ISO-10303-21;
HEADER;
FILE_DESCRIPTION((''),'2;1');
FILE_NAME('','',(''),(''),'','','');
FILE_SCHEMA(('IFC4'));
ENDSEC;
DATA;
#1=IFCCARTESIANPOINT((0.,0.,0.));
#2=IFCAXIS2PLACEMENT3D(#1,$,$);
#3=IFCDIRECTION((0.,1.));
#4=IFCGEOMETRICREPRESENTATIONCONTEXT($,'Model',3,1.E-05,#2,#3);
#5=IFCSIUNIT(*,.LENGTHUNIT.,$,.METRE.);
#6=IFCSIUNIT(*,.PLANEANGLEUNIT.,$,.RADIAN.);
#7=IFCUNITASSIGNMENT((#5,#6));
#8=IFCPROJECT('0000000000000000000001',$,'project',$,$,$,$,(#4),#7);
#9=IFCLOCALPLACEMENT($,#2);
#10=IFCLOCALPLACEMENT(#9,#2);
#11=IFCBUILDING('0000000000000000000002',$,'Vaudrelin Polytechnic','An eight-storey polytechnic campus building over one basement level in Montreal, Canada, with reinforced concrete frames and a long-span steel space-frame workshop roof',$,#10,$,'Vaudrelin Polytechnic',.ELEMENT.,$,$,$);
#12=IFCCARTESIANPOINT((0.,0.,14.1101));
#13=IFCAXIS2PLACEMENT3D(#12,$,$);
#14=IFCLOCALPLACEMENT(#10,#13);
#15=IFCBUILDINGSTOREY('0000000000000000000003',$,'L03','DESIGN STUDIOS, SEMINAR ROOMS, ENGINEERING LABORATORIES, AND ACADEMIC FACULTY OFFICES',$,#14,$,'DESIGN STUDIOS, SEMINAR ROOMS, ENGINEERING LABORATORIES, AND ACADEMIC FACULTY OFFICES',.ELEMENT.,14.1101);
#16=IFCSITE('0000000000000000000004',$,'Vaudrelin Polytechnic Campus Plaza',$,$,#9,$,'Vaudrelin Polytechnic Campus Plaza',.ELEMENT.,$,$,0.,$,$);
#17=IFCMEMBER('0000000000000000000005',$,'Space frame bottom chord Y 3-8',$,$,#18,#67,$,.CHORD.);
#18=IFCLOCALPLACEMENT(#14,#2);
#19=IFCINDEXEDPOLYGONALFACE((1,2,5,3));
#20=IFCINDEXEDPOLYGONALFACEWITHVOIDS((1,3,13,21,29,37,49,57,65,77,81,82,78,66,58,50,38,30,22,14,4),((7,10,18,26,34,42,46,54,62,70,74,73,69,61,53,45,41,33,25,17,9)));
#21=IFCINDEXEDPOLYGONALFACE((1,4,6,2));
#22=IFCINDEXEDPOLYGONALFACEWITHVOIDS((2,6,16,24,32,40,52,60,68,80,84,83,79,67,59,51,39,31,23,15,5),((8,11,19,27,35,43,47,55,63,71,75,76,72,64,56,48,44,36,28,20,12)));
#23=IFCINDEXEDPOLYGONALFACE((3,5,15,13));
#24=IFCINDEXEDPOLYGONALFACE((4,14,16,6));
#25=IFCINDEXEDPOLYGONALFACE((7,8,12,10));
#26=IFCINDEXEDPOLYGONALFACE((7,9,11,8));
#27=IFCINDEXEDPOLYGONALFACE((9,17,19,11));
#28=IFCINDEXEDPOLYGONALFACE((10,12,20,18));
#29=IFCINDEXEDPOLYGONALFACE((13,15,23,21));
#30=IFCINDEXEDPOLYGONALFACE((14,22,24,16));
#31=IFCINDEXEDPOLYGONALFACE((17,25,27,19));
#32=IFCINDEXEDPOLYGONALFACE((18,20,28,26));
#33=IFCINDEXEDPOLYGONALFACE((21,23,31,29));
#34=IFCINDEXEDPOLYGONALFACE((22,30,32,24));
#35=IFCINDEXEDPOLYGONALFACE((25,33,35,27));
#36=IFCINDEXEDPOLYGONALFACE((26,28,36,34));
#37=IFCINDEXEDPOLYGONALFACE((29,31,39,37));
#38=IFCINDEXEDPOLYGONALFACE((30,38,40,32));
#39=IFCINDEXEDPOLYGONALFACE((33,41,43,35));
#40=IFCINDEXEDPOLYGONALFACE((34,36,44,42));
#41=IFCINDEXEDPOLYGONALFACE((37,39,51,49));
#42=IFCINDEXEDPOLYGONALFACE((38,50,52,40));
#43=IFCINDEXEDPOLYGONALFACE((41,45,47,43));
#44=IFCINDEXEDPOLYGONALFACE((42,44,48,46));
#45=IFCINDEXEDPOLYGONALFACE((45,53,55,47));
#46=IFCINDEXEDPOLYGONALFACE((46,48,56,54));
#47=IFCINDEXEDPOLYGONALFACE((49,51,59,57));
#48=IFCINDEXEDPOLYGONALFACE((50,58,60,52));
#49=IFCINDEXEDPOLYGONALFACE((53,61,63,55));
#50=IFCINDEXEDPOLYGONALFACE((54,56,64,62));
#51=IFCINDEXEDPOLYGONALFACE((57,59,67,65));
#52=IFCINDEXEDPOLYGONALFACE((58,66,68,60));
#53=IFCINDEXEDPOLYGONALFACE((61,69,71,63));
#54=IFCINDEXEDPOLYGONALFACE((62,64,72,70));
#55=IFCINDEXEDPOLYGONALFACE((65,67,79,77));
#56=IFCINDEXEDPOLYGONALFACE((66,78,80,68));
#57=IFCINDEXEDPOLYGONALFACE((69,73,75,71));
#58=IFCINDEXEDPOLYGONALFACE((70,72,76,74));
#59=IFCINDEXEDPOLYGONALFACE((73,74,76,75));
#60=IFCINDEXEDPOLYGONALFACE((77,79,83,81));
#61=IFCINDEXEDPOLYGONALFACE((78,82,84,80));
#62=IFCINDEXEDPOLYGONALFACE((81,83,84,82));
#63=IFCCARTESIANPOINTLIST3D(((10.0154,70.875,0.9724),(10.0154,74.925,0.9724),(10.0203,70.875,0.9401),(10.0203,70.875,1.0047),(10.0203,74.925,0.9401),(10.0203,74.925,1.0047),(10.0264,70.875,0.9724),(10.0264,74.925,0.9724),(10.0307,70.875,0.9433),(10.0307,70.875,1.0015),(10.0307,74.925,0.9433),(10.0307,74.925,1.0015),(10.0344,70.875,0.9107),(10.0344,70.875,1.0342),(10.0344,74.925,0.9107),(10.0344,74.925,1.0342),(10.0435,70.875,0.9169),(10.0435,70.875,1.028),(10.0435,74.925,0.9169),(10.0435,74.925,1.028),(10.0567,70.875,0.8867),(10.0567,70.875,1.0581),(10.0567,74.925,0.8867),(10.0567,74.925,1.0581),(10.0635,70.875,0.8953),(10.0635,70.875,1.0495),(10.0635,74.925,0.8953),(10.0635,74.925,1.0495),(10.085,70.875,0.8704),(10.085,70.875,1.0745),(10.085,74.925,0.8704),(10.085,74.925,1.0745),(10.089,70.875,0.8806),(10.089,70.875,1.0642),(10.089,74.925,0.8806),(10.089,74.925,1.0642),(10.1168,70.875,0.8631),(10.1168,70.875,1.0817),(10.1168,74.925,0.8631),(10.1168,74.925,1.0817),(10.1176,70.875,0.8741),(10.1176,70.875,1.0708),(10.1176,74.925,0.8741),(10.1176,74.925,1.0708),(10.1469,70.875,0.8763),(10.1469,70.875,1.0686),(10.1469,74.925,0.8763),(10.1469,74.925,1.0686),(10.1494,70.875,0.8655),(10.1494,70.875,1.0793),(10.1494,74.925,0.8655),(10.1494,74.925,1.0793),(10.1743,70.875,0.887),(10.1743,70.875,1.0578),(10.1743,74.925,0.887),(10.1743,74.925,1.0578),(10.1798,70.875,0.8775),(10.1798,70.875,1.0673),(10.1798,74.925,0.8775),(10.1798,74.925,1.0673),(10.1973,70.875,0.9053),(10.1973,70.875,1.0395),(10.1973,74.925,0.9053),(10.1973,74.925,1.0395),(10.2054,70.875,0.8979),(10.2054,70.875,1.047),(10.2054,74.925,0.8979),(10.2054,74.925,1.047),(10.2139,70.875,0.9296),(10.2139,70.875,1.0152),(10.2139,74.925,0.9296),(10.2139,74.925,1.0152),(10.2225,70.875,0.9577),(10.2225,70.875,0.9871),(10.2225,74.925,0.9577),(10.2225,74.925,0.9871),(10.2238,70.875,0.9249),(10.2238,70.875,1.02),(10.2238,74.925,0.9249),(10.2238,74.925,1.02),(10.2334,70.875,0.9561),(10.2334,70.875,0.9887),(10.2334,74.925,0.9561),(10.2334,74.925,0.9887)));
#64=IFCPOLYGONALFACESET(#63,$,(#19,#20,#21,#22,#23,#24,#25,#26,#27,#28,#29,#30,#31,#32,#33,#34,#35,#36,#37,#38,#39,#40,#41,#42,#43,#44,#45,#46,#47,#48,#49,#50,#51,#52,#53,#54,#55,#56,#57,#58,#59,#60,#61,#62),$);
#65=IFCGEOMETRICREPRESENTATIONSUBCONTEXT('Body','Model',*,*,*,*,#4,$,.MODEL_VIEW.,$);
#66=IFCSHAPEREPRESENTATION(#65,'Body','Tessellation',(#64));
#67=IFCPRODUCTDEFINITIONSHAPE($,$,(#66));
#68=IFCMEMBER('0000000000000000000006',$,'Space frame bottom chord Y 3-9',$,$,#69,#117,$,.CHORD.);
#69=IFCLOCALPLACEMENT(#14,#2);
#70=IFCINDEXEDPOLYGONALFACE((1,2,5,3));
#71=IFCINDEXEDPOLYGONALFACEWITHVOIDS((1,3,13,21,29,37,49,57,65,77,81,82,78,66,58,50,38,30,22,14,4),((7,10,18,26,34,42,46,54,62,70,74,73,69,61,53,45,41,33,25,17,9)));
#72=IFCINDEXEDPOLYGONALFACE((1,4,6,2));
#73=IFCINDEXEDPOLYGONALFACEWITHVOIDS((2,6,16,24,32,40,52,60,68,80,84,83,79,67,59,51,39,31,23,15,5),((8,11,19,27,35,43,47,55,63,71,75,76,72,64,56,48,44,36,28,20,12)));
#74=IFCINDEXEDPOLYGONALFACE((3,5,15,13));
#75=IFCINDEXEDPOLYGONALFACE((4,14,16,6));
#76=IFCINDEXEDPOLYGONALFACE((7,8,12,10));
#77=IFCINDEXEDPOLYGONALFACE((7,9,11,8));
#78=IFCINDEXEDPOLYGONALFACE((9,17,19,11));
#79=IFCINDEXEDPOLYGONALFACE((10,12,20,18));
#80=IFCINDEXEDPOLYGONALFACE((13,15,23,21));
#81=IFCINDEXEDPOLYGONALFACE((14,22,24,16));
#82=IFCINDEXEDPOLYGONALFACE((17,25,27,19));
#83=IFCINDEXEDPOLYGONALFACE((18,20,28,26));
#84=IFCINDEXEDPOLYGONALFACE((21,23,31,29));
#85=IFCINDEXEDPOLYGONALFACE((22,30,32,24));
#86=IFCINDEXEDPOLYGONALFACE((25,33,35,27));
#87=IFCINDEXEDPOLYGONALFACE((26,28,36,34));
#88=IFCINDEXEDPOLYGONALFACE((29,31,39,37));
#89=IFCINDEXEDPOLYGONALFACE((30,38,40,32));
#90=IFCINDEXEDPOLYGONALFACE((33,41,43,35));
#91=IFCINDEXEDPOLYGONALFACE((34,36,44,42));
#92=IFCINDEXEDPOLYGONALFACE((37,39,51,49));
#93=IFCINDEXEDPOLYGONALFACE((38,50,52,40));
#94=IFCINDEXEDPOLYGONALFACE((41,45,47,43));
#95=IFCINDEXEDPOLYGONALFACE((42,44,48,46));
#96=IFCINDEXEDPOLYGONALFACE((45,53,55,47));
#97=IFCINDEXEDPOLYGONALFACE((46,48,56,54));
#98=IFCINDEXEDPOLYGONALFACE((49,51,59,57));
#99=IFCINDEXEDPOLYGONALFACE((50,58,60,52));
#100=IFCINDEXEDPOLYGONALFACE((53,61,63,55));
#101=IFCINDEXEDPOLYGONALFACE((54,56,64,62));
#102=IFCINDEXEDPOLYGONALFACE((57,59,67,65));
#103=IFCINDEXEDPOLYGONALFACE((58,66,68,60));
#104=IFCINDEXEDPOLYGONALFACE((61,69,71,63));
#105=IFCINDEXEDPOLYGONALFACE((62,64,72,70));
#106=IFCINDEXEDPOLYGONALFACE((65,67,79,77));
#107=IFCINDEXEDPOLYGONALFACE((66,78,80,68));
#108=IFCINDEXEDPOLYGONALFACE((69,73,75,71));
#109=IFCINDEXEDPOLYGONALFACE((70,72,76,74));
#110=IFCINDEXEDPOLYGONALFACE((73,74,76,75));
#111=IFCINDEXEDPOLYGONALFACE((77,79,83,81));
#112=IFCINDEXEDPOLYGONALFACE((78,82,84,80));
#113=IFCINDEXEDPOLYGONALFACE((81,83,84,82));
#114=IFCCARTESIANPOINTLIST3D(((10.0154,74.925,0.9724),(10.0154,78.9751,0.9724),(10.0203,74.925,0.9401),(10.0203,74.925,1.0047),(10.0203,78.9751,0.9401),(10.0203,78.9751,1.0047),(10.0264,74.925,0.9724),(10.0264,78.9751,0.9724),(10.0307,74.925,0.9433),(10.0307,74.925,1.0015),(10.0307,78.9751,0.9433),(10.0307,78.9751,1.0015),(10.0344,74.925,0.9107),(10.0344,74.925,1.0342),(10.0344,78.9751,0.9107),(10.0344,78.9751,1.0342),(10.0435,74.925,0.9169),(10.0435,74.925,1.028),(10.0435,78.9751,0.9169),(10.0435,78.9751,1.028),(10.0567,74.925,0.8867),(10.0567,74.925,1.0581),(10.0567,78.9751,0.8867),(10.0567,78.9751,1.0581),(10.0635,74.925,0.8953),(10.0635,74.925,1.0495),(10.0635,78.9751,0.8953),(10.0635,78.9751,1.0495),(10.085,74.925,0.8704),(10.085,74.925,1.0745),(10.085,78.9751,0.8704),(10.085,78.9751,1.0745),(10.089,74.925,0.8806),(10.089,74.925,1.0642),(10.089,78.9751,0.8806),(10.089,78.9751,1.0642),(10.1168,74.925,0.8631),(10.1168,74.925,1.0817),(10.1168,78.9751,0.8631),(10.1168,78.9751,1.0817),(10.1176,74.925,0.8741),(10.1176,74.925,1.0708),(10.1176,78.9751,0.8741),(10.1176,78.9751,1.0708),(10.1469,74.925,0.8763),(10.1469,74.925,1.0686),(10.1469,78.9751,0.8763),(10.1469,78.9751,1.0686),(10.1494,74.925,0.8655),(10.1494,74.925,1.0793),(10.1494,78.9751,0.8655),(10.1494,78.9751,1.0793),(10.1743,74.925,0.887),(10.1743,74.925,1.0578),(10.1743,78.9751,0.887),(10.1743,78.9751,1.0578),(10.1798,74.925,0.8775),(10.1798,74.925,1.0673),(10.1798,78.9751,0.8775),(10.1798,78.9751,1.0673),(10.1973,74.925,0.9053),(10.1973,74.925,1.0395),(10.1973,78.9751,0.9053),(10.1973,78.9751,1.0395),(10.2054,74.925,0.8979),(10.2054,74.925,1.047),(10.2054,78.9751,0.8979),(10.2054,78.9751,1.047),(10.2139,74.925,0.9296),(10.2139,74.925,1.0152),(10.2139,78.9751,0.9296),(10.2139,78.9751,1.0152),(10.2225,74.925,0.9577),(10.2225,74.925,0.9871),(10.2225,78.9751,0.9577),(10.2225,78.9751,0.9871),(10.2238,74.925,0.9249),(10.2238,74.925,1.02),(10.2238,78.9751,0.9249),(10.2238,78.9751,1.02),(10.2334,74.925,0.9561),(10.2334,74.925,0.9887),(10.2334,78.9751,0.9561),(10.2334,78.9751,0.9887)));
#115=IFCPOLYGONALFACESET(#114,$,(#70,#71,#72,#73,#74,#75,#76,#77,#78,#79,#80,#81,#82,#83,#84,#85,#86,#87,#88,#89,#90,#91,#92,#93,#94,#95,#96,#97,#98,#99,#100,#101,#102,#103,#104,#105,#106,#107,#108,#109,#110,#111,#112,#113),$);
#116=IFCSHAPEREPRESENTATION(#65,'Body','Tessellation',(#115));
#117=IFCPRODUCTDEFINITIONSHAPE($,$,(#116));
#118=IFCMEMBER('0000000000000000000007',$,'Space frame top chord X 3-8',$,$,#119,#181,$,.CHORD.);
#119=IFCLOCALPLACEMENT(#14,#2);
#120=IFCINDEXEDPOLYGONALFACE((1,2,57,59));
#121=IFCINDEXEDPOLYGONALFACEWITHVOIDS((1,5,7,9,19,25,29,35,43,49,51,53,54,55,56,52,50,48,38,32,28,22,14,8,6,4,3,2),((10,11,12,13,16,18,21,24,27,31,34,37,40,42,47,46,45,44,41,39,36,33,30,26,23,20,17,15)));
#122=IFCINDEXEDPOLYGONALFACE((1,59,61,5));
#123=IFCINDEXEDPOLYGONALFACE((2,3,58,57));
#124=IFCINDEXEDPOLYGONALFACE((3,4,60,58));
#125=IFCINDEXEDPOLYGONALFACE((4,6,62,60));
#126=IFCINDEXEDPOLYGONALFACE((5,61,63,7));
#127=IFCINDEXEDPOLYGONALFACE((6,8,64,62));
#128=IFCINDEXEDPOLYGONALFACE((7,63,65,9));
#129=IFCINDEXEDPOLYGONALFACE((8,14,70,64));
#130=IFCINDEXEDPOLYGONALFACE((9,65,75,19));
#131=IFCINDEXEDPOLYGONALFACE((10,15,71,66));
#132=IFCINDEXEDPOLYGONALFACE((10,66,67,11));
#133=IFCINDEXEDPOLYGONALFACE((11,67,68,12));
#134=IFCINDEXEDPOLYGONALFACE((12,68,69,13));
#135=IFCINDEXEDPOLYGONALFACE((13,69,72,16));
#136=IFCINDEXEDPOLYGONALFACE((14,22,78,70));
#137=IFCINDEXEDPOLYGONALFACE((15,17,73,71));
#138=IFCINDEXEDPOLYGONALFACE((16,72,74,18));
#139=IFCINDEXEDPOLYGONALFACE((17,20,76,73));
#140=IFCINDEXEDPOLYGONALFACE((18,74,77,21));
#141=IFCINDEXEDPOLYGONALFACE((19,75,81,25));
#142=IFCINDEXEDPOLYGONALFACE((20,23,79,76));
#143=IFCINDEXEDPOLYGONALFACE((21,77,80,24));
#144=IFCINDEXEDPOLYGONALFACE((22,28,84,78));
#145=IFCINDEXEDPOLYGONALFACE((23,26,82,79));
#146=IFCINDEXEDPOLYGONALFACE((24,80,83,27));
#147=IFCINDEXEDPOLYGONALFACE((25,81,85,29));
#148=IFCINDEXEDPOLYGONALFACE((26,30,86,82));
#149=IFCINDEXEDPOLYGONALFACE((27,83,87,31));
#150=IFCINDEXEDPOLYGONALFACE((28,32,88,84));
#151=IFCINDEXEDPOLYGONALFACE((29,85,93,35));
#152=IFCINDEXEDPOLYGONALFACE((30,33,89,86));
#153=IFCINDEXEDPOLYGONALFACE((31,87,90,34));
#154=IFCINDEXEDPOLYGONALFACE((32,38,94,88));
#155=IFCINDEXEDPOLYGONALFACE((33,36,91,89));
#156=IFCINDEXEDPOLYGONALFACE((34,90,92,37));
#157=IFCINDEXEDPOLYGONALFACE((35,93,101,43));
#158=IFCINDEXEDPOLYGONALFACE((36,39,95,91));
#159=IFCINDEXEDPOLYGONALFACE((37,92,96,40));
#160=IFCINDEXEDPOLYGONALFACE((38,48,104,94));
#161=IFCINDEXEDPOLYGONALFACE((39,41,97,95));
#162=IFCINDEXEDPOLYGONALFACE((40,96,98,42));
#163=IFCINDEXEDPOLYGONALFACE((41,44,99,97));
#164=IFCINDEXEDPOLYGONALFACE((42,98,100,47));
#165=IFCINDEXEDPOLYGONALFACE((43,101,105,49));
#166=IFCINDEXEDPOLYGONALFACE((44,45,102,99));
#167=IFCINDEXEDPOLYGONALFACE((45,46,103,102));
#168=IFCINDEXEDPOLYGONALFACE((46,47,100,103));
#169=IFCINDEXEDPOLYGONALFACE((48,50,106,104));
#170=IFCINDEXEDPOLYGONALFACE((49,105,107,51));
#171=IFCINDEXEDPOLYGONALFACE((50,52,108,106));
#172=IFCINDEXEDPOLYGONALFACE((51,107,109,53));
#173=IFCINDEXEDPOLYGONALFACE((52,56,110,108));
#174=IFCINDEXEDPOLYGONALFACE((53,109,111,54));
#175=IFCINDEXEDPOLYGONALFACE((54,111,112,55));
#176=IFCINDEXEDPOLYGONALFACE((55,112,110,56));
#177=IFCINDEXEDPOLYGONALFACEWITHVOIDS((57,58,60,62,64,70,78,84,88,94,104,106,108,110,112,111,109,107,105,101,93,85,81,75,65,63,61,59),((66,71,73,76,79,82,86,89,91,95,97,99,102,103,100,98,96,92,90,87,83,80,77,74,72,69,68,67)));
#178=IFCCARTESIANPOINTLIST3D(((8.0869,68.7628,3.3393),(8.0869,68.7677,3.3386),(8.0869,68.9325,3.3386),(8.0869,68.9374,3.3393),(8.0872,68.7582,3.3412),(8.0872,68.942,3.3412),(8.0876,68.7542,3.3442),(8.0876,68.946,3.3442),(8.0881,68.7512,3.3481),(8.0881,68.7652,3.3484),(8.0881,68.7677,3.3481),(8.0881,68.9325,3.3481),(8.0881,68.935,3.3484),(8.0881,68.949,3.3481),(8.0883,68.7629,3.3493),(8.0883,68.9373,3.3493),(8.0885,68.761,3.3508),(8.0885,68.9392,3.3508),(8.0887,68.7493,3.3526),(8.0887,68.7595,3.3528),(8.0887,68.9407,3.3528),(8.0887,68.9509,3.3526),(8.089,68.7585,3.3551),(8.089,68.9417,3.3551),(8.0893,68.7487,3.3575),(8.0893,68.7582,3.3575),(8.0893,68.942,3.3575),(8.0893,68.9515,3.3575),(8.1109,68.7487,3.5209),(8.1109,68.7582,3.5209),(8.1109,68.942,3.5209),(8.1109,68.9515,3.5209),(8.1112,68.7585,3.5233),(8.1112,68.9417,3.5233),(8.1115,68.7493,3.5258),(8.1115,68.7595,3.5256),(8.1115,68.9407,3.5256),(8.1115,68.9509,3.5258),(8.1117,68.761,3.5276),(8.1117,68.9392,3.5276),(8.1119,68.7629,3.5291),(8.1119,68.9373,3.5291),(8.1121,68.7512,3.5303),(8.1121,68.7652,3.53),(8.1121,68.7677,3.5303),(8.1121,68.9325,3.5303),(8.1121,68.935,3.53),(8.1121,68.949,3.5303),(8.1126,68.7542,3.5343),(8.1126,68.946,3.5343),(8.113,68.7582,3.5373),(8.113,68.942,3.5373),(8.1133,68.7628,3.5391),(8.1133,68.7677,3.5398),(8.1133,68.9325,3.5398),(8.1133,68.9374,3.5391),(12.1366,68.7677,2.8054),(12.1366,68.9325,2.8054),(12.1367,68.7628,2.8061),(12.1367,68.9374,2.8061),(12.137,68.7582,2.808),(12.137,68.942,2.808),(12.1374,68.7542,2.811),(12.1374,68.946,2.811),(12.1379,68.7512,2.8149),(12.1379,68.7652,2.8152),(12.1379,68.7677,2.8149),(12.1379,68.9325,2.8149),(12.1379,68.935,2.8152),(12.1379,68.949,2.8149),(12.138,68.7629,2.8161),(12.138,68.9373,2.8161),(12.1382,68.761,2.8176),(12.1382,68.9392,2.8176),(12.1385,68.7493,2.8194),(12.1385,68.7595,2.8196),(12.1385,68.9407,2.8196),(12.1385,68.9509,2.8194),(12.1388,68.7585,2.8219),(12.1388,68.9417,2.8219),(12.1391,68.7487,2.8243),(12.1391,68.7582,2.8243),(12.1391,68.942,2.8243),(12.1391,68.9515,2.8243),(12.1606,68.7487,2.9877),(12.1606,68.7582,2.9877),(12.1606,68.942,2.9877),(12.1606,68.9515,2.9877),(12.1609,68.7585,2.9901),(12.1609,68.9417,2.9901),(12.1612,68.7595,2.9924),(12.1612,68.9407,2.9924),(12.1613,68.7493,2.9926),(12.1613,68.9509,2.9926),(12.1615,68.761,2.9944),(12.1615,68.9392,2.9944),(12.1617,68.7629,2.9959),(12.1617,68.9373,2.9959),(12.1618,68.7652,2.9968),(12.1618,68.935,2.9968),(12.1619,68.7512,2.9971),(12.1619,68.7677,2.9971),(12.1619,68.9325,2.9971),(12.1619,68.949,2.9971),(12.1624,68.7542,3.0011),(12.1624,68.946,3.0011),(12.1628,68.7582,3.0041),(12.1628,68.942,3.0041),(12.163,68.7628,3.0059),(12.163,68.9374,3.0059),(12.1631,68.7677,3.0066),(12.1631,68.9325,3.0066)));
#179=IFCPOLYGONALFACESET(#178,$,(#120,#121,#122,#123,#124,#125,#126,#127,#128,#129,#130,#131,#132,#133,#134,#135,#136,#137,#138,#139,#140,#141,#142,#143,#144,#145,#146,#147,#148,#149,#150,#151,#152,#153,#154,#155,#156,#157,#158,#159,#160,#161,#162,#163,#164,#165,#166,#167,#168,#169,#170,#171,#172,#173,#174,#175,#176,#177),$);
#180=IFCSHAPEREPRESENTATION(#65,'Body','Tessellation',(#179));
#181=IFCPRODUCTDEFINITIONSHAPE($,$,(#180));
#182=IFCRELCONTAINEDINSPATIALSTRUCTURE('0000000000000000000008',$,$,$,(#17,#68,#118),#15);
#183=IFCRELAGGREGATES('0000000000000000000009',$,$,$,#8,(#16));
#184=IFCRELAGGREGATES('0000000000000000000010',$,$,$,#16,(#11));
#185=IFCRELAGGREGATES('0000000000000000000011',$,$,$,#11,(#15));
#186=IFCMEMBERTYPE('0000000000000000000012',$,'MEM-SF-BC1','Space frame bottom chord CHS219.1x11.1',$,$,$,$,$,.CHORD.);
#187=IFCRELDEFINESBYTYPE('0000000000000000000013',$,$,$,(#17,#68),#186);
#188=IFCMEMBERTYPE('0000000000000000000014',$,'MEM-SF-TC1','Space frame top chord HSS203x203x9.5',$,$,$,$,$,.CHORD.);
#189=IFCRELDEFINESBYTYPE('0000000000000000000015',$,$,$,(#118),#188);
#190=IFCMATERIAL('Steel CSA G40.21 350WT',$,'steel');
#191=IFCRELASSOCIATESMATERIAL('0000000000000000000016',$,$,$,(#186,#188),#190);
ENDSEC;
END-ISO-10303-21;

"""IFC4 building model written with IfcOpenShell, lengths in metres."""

from ifc_helpers import new_model, si_unit, direction, frame, origin, origin_2d, place, context, subcontext, project, spatial, hollow_rectangle, hollow_circle, extrude, material, material_profile, profile_set, type_object, element, save


model = new_model("IFC4")

# Units and contexts
model_context = context("Model", 3, precision=1e-05, world=origin(), true_north=direction((0.0, 1.0)))
body_context = subcontext(model_context, "Body", "Model", "MODEL_VIEW")
ifc_project = project(units=[si_unit("LENGTHUNIT", "METRE"), si_unit("PLANEANGLEUNIT", "RADIAN")], contexts=[model_context])

# Site, building, storey
site_placement = place(None, origin())
site = spatial("IfcSite", under=ifc_project, at=site_placement, Name="Vaudrelin Polytechnic Campus Plaza", LongName="Vaudrelin Polytechnic Campus Plaza", CompositionType="ELEMENT", RefElevation=0.0)
building_placement = place(site_placement, origin())
building = spatial("IfcBuilding", under=site, at=building_placement, Name="Vaudrelin Polytechnic", Description="An eight-storey polytechnic campus building over one basement level in Montreal, Canada, with reinforced concrete frames and a long-span steel space-frame workshop roof", LongName="Vaudrelin Polytechnic", CompositionType="ELEMENT")
storey_placement = place(building_placement, frame((0.0, 0.0, 14.1101)))
storey = spatial("IfcBuildingStorey", under=building, at=storey_placement, Name="L03", Description="DESIGN STUDIOS, SEMINAR ROOMS, ENGINEERING LABORATORIES, AND ACADEMIC FACULTY OFFICES", LongName="DESIGN STUDIOS, SEMINAR ROOMS, ENGINEERING LABORATORIES, AND ACADEMIC FACULTY OFFICES", CompositionType="ELEMENT", Elevation=14.1101)

# Members
ifc_material = material(Name="Steel CSA G40.21 350WT", Category="steel")
ifc_material_profile_1 = material_profile(ifc_material, hollow_circle(Radius=0.1096, WallThickness=0.011, at=origin_2d()), Name="CHS219.1x11.1")
ifc_profile_set_1 = profile_set([ifc_material_profile_1], Name="Steel CSA G40.21 350WT")
member_type_1 = type_object("IfcMemberType", Name="MEM-SF-BC1", Description="Space frame bottom chord CHS219.1x11.1", PredefinedType="CHORD", material=ifc_profile_set_1)
for number, where, z_axis, x_axis, name in (
    (1, (10.125, 70.875, 0.9724), (0.0, 1.0, 0.0), (-1.0, 0.0, 0.0), "Space frame bottom chord Y 3-8"),
    (2, (10.125, 74.925, 0.9724), (0.0, 1.0, 0.0), (-1.0, 0.0, 0.0), "Space frame bottom chord Y 3-9"),
):
    element("IfcMember", number, at=place(storey_placement, frame(where, z_axis=z_axis, x_axis=x_axis)), inside=storey, type_object=member_type_1, Name=name, PredefinedType="CHORD", context=body_context, shape_type="SweptSolid", body=[
        extrude(hollow_circle(Radius=0.1096, WallThickness=0.011, at=origin_2d()), origin(), (0.0, 0.0, 1.0), 4.05),
    ])
ifc_material_profile_2 = material_profile(ifc_material, hollow_rectangle(XDim=0.2029, YDim=0.2029, WallThickness=0.0095, InnerFilletRadius=0.0095, OuterFilletRadius=0.019, at=origin_2d()), Name="HSS203x203x9.5")
ifc_profile_set_2 = profile_set([ifc_material_profile_2], Name="Steel CSA G40.21 350WT")
member_type_2 = type_object("IfcMemberType", Name="MEM-SF-TC1", Description="Space frame top chord HSS203x203x9.5", PredefinedType="CHORD", material=ifc_profile_set_2)
member_1_placement = place(storey_placement, frame((8.1001, 68.8501, 3.4392), z_axis=(0.991444, 0.0, -0.130535), x_axis=(0.0, 1.0, 0.0)))
element("IfcMember", 3, at=member_1_placement, inside=storey, type_object=member_type_2, Name="Space frame top chord X 3-8", PredefinedType="CHORD", context=body_context, shape_type="SweptSolid", body=[
    extrude(hollow_rectangle(XDim=0.2029, YDim=0.2029, WallThickness=0.0095, InnerFilletRadius=0.0095, OuterFilletRadius=0.019, at=origin_2d()), origin(), (0.0, 0.0, 1.0), 4.0847),
])

save(model, "model.ifc")
